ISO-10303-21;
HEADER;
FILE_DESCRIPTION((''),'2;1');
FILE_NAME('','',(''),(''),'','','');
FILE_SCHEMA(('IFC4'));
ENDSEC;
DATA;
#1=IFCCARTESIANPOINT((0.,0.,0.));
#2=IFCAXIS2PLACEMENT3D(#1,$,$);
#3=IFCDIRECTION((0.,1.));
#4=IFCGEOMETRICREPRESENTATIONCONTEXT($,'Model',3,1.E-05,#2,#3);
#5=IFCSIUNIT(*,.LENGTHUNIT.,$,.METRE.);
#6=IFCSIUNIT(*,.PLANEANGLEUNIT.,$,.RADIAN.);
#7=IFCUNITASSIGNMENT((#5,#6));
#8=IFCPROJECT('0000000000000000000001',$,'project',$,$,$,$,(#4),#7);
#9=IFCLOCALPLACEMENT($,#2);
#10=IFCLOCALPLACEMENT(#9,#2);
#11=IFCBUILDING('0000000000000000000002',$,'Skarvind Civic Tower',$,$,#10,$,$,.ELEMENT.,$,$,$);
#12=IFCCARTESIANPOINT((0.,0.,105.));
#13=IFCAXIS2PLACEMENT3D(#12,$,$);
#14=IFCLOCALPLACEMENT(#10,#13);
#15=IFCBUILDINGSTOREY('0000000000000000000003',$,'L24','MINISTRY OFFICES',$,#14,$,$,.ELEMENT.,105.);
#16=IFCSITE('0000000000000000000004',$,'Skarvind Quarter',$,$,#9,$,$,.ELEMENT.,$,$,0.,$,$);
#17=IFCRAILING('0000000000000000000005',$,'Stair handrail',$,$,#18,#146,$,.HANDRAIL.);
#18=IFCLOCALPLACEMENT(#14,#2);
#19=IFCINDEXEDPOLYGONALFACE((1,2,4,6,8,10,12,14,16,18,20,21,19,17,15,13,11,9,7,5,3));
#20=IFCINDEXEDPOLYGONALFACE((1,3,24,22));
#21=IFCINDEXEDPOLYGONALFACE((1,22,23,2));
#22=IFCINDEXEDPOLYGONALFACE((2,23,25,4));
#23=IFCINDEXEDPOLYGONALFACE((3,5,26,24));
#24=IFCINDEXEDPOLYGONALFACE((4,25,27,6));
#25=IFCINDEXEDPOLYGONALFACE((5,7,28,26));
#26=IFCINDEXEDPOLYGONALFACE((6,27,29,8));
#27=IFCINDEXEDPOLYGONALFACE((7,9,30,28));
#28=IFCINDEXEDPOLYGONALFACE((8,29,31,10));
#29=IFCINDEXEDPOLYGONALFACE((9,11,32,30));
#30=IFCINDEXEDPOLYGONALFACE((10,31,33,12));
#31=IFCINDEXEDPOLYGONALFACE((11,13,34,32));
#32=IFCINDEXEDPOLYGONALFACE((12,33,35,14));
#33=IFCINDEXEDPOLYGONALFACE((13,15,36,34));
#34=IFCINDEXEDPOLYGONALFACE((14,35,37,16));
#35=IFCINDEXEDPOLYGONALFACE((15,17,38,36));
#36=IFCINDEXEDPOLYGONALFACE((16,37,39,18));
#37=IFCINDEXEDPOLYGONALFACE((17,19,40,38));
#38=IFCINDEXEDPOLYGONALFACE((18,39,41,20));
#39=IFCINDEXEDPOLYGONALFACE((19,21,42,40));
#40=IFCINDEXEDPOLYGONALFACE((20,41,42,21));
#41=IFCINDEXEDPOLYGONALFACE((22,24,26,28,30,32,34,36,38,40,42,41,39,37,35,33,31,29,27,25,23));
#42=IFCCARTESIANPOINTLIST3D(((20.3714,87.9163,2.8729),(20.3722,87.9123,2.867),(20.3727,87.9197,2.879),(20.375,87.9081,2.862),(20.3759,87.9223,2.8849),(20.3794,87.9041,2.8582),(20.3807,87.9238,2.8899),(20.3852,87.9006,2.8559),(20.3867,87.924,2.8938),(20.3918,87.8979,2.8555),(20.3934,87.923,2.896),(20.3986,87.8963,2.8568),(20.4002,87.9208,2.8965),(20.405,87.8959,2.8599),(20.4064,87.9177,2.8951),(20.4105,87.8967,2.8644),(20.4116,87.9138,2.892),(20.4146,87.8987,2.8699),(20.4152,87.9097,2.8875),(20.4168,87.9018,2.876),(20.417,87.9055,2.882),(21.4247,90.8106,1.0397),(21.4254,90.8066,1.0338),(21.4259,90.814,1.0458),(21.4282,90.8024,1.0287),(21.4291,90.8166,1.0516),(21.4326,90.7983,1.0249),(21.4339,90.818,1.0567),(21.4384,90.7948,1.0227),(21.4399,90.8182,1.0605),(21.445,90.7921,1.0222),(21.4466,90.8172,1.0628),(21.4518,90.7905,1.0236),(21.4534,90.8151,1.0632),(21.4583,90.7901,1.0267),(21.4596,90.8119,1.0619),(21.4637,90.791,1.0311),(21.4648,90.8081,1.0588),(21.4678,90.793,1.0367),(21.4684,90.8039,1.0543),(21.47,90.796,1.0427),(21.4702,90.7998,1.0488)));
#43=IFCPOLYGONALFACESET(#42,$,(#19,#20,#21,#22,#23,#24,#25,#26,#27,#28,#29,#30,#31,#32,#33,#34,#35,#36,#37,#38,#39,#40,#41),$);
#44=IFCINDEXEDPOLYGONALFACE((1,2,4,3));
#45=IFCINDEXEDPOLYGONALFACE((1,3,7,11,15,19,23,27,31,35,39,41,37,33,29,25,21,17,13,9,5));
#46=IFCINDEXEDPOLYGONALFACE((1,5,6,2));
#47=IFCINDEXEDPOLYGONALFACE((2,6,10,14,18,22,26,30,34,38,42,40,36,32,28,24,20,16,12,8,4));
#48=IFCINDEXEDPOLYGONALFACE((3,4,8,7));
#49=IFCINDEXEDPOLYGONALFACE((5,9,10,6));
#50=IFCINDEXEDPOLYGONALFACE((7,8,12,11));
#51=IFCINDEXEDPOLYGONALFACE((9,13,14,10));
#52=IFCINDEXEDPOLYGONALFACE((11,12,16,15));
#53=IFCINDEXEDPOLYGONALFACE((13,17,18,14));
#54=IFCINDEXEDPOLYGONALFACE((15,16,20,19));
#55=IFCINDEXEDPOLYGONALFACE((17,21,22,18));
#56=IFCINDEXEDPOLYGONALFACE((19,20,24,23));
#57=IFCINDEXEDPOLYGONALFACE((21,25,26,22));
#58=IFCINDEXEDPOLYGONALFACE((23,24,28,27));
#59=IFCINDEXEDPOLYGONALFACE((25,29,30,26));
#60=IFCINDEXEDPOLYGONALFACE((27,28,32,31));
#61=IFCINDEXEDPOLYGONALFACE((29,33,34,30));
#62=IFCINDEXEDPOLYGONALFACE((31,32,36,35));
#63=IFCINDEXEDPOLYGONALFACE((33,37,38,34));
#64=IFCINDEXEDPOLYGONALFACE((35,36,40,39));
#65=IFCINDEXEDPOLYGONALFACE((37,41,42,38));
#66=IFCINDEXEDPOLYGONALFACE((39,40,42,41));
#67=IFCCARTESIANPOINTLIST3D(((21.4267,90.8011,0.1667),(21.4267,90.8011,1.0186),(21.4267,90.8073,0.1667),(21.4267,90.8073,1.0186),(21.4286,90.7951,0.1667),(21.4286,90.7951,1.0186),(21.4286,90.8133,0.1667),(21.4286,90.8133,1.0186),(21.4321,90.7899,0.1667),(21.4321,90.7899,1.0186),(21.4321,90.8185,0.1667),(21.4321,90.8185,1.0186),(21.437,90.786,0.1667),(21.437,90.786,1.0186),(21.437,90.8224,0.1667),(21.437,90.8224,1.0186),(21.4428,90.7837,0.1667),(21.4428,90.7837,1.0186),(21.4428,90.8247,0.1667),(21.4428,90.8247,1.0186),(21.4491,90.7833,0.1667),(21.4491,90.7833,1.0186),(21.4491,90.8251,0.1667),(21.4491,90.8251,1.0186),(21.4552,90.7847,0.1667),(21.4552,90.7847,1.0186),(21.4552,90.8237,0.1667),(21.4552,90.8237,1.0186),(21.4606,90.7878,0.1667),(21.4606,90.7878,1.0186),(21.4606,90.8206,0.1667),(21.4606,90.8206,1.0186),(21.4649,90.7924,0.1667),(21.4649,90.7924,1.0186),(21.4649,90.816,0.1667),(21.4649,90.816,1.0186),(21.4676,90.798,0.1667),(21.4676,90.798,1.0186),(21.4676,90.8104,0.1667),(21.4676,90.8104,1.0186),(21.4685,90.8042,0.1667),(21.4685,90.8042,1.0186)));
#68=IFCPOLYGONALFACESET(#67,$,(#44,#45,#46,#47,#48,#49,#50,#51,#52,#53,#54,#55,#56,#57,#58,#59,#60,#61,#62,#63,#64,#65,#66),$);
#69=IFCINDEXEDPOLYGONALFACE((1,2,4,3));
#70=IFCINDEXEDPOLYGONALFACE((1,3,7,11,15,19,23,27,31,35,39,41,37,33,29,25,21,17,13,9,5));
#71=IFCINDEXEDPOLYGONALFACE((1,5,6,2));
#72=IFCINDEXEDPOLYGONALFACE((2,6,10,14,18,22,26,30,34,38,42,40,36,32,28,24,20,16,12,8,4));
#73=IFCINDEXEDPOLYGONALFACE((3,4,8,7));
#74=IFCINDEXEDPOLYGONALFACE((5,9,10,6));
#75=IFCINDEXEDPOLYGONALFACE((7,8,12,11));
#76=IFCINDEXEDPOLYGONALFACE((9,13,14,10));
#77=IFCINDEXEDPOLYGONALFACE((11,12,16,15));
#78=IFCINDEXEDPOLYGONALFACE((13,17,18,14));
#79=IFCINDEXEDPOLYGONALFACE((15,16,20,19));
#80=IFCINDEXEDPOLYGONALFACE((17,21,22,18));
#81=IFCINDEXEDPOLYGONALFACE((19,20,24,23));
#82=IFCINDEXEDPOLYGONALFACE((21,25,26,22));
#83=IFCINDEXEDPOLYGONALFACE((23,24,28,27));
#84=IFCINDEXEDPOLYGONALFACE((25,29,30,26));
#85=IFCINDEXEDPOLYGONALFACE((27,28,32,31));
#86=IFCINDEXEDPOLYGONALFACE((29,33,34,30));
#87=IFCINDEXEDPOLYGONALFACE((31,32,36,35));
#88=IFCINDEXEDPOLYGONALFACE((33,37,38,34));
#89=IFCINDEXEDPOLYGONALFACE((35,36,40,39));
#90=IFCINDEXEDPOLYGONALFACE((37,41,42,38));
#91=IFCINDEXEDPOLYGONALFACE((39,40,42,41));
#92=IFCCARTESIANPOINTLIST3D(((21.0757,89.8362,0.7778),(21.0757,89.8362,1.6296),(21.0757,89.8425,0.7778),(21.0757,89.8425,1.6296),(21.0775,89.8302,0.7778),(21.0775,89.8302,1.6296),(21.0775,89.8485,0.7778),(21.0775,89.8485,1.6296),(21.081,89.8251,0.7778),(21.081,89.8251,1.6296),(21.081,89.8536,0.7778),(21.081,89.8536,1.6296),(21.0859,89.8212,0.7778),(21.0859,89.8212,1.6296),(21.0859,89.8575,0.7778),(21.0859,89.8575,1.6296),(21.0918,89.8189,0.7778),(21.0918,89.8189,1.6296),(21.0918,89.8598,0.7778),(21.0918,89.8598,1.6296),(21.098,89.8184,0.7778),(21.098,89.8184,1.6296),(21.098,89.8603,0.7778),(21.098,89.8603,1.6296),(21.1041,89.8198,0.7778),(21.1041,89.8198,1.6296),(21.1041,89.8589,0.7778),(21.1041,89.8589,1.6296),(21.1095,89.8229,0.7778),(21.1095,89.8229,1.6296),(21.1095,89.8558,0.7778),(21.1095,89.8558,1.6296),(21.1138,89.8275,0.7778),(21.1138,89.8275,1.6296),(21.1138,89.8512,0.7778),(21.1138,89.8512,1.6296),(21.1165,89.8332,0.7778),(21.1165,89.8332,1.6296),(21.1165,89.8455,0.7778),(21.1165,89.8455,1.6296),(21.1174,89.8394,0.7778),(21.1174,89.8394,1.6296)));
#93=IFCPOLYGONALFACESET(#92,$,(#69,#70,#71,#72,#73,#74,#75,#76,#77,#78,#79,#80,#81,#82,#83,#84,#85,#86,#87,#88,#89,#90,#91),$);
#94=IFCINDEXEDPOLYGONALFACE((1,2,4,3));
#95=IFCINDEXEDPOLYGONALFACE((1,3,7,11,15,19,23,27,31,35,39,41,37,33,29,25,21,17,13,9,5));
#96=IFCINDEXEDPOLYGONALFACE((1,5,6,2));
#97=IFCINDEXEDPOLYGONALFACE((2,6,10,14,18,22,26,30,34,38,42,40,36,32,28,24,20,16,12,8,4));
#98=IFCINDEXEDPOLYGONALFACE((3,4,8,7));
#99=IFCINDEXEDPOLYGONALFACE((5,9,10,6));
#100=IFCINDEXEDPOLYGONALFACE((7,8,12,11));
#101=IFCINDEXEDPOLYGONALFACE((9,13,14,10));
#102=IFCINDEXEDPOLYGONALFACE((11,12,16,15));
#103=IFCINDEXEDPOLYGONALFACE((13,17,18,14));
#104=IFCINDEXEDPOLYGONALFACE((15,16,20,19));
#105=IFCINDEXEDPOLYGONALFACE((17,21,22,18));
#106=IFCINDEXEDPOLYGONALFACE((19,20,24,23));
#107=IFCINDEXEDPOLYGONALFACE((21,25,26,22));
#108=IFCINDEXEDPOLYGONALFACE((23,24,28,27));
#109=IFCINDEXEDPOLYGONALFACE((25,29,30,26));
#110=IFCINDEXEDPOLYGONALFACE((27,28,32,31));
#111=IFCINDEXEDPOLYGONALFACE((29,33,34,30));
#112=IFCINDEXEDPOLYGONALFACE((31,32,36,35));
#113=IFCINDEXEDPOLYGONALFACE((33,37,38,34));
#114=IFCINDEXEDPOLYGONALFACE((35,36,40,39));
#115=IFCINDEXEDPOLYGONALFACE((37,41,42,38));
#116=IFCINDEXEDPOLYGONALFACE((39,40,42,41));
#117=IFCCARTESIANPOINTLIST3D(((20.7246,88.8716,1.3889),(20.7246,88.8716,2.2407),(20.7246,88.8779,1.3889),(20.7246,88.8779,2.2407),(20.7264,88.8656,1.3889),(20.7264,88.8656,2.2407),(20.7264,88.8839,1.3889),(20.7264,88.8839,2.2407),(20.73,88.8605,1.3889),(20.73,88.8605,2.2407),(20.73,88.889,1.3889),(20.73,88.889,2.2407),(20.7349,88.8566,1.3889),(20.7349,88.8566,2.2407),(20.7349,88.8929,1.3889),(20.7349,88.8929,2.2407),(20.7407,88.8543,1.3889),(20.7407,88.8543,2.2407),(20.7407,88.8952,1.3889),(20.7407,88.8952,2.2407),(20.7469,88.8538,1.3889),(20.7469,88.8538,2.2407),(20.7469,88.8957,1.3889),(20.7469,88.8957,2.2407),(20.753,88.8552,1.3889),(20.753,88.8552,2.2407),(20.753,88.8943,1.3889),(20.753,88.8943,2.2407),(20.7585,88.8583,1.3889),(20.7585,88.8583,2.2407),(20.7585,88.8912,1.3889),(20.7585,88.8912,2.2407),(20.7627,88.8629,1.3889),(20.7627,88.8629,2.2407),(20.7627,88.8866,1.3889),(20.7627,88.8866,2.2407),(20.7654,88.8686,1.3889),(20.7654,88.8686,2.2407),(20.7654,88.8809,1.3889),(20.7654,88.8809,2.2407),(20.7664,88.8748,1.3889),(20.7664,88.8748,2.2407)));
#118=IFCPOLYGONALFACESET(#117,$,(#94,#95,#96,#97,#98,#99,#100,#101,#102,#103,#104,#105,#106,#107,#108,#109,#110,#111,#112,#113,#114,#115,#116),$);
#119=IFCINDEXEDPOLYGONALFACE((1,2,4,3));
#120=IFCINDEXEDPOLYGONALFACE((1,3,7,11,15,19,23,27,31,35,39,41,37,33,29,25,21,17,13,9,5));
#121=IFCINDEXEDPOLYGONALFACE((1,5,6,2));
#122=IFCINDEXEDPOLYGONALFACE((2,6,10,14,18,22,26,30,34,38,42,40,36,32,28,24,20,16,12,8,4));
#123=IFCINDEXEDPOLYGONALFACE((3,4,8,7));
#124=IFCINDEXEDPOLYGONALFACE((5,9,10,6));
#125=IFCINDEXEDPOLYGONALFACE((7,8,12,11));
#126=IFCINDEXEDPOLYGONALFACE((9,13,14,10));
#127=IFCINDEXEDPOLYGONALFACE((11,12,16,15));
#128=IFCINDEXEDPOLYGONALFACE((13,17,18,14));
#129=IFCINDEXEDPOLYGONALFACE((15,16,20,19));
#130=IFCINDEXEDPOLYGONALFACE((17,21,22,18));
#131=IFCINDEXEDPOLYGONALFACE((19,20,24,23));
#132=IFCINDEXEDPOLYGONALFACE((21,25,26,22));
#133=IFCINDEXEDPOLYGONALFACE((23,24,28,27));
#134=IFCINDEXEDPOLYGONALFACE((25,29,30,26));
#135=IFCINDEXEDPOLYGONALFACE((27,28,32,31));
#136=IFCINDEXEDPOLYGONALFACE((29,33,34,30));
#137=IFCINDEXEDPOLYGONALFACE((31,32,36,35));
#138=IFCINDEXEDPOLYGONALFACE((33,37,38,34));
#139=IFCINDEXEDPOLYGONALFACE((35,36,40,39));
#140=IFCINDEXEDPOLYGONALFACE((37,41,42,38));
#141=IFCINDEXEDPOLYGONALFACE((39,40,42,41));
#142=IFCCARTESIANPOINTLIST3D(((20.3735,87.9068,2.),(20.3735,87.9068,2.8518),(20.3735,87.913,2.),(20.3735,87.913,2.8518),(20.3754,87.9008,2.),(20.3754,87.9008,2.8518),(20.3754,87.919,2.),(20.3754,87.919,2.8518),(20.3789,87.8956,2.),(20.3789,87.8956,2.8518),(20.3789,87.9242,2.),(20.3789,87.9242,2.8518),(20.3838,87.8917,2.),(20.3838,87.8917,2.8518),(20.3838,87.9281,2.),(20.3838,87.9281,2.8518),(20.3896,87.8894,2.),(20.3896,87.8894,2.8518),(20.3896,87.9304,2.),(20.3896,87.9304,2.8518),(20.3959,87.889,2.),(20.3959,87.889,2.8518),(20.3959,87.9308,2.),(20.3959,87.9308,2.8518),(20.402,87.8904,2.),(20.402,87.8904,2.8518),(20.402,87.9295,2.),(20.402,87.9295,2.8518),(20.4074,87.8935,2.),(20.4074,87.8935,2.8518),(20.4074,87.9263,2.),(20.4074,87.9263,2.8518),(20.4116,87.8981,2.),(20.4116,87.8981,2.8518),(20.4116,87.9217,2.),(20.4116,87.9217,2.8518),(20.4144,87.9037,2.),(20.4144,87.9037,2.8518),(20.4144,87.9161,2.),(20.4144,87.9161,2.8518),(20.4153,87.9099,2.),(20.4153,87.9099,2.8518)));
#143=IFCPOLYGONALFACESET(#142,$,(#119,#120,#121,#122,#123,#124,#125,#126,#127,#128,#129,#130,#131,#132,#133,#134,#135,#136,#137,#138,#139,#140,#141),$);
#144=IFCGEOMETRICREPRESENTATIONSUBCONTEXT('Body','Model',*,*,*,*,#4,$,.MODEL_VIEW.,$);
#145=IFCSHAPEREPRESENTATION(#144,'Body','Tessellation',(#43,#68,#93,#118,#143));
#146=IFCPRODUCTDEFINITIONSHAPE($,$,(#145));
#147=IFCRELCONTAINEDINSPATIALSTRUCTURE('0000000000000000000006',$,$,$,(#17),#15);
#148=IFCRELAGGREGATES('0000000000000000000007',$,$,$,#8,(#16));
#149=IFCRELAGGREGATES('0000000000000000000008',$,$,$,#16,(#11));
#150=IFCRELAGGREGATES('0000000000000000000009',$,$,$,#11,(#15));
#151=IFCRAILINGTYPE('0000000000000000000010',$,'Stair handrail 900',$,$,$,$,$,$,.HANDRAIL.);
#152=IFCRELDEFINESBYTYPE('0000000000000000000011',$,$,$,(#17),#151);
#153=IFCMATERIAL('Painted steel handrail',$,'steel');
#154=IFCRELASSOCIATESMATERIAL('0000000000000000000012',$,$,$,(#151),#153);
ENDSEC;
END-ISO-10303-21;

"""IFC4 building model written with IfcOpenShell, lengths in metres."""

from ifc_helpers import new_model, si_unit, direction, frame, origin, origin_2d, place, context, subcontext, project, spatial, circle, extrude, material, type_object, element, save


model = new_model("IFC4")

# Units and contexts
model_context = context("Model", 3, precision=1e-05, world=origin(), true_north=direction((0.0, 1.0)))
body_context = subcontext(model_context, "Body", "Model", "MODEL_VIEW")
ifc_project = project(units=[si_unit("LENGTHUNIT", "METRE"), si_unit("PLANEANGLEUNIT", "RADIAN")], contexts=[model_context])

# Site, building, storey
site_placement = place(None, origin())
site = spatial("IfcSite", under=ifc_project, at=site_placement, Name="Skarvind Quarter", CompositionType="ELEMENT", RefElevation=0.0)
building_placement = place(site_placement, origin())
building = spatial("IfcBuilding", under=site, at=building_placement, Name="Skarvind Civic Tower", CompositionType="ELEMENT")
storey_placement = place(building_placement, frame((0.0, 0.0, 105.0)))
storey = spatial("IfcBuildingStorey", under=building, at=storey_placement, Name="L24", Description="MINISTRY OFFICES", CompositionType="ELEMENT", Elevation=105.0)

# Railing
ifc_material_1 = material(Name="Painted steel handrail", Category="steel")
railing_type = type_object("IfcRailingType", Name="Stair handrail 900", PredefinedType="HANDRAIL", material=ifc_material_1)
railing_1_placement = place(storey_placement, frame((21.4475, 90.8042, 0.1667)))
element("IfcRailing", 1, at=railing_1_placement, inside=storey, type_object=railing_type, Name="Stair handrail", PredefinedType="HANDRAIL", context=body_context, shape_type="SweptSolid", body=[
    extrude(circle(Radius=0.0239, at=origin_2d()), frame((0.0, 0.0, 0.876), z_axis=(-0.293846, -0.807497, 0.511472), x_axis=(0.939715, -0.341959, 0.0)), (0.0, 0.0, 1.0), 3.5842),
    extrude(circle(Radius=0.021, at=origin_2d()), origin(), (0.0, 0.0, 1.0), 0.8518),
    extrude(circle(Radius=0.021, at=origin_2d()), frame((-0.3511, -0.9648, 0.6111)), (0.0, 0.0, 1.0), 0.8518),
    extrude(circle(Radius=0.021, at=origin_2d()), frame((-0.7021, -1.9294, 1.2222)), (0.0, 0.0, 1.0), 0.8518),
    extrude(circle(Radius=0.021, at=origin_2d()), frame((-1.0532, -2.8943, 1.8333)), (0.0, 0.0, 1.0), 0.8518),
])

save(model, "model.ifc")
